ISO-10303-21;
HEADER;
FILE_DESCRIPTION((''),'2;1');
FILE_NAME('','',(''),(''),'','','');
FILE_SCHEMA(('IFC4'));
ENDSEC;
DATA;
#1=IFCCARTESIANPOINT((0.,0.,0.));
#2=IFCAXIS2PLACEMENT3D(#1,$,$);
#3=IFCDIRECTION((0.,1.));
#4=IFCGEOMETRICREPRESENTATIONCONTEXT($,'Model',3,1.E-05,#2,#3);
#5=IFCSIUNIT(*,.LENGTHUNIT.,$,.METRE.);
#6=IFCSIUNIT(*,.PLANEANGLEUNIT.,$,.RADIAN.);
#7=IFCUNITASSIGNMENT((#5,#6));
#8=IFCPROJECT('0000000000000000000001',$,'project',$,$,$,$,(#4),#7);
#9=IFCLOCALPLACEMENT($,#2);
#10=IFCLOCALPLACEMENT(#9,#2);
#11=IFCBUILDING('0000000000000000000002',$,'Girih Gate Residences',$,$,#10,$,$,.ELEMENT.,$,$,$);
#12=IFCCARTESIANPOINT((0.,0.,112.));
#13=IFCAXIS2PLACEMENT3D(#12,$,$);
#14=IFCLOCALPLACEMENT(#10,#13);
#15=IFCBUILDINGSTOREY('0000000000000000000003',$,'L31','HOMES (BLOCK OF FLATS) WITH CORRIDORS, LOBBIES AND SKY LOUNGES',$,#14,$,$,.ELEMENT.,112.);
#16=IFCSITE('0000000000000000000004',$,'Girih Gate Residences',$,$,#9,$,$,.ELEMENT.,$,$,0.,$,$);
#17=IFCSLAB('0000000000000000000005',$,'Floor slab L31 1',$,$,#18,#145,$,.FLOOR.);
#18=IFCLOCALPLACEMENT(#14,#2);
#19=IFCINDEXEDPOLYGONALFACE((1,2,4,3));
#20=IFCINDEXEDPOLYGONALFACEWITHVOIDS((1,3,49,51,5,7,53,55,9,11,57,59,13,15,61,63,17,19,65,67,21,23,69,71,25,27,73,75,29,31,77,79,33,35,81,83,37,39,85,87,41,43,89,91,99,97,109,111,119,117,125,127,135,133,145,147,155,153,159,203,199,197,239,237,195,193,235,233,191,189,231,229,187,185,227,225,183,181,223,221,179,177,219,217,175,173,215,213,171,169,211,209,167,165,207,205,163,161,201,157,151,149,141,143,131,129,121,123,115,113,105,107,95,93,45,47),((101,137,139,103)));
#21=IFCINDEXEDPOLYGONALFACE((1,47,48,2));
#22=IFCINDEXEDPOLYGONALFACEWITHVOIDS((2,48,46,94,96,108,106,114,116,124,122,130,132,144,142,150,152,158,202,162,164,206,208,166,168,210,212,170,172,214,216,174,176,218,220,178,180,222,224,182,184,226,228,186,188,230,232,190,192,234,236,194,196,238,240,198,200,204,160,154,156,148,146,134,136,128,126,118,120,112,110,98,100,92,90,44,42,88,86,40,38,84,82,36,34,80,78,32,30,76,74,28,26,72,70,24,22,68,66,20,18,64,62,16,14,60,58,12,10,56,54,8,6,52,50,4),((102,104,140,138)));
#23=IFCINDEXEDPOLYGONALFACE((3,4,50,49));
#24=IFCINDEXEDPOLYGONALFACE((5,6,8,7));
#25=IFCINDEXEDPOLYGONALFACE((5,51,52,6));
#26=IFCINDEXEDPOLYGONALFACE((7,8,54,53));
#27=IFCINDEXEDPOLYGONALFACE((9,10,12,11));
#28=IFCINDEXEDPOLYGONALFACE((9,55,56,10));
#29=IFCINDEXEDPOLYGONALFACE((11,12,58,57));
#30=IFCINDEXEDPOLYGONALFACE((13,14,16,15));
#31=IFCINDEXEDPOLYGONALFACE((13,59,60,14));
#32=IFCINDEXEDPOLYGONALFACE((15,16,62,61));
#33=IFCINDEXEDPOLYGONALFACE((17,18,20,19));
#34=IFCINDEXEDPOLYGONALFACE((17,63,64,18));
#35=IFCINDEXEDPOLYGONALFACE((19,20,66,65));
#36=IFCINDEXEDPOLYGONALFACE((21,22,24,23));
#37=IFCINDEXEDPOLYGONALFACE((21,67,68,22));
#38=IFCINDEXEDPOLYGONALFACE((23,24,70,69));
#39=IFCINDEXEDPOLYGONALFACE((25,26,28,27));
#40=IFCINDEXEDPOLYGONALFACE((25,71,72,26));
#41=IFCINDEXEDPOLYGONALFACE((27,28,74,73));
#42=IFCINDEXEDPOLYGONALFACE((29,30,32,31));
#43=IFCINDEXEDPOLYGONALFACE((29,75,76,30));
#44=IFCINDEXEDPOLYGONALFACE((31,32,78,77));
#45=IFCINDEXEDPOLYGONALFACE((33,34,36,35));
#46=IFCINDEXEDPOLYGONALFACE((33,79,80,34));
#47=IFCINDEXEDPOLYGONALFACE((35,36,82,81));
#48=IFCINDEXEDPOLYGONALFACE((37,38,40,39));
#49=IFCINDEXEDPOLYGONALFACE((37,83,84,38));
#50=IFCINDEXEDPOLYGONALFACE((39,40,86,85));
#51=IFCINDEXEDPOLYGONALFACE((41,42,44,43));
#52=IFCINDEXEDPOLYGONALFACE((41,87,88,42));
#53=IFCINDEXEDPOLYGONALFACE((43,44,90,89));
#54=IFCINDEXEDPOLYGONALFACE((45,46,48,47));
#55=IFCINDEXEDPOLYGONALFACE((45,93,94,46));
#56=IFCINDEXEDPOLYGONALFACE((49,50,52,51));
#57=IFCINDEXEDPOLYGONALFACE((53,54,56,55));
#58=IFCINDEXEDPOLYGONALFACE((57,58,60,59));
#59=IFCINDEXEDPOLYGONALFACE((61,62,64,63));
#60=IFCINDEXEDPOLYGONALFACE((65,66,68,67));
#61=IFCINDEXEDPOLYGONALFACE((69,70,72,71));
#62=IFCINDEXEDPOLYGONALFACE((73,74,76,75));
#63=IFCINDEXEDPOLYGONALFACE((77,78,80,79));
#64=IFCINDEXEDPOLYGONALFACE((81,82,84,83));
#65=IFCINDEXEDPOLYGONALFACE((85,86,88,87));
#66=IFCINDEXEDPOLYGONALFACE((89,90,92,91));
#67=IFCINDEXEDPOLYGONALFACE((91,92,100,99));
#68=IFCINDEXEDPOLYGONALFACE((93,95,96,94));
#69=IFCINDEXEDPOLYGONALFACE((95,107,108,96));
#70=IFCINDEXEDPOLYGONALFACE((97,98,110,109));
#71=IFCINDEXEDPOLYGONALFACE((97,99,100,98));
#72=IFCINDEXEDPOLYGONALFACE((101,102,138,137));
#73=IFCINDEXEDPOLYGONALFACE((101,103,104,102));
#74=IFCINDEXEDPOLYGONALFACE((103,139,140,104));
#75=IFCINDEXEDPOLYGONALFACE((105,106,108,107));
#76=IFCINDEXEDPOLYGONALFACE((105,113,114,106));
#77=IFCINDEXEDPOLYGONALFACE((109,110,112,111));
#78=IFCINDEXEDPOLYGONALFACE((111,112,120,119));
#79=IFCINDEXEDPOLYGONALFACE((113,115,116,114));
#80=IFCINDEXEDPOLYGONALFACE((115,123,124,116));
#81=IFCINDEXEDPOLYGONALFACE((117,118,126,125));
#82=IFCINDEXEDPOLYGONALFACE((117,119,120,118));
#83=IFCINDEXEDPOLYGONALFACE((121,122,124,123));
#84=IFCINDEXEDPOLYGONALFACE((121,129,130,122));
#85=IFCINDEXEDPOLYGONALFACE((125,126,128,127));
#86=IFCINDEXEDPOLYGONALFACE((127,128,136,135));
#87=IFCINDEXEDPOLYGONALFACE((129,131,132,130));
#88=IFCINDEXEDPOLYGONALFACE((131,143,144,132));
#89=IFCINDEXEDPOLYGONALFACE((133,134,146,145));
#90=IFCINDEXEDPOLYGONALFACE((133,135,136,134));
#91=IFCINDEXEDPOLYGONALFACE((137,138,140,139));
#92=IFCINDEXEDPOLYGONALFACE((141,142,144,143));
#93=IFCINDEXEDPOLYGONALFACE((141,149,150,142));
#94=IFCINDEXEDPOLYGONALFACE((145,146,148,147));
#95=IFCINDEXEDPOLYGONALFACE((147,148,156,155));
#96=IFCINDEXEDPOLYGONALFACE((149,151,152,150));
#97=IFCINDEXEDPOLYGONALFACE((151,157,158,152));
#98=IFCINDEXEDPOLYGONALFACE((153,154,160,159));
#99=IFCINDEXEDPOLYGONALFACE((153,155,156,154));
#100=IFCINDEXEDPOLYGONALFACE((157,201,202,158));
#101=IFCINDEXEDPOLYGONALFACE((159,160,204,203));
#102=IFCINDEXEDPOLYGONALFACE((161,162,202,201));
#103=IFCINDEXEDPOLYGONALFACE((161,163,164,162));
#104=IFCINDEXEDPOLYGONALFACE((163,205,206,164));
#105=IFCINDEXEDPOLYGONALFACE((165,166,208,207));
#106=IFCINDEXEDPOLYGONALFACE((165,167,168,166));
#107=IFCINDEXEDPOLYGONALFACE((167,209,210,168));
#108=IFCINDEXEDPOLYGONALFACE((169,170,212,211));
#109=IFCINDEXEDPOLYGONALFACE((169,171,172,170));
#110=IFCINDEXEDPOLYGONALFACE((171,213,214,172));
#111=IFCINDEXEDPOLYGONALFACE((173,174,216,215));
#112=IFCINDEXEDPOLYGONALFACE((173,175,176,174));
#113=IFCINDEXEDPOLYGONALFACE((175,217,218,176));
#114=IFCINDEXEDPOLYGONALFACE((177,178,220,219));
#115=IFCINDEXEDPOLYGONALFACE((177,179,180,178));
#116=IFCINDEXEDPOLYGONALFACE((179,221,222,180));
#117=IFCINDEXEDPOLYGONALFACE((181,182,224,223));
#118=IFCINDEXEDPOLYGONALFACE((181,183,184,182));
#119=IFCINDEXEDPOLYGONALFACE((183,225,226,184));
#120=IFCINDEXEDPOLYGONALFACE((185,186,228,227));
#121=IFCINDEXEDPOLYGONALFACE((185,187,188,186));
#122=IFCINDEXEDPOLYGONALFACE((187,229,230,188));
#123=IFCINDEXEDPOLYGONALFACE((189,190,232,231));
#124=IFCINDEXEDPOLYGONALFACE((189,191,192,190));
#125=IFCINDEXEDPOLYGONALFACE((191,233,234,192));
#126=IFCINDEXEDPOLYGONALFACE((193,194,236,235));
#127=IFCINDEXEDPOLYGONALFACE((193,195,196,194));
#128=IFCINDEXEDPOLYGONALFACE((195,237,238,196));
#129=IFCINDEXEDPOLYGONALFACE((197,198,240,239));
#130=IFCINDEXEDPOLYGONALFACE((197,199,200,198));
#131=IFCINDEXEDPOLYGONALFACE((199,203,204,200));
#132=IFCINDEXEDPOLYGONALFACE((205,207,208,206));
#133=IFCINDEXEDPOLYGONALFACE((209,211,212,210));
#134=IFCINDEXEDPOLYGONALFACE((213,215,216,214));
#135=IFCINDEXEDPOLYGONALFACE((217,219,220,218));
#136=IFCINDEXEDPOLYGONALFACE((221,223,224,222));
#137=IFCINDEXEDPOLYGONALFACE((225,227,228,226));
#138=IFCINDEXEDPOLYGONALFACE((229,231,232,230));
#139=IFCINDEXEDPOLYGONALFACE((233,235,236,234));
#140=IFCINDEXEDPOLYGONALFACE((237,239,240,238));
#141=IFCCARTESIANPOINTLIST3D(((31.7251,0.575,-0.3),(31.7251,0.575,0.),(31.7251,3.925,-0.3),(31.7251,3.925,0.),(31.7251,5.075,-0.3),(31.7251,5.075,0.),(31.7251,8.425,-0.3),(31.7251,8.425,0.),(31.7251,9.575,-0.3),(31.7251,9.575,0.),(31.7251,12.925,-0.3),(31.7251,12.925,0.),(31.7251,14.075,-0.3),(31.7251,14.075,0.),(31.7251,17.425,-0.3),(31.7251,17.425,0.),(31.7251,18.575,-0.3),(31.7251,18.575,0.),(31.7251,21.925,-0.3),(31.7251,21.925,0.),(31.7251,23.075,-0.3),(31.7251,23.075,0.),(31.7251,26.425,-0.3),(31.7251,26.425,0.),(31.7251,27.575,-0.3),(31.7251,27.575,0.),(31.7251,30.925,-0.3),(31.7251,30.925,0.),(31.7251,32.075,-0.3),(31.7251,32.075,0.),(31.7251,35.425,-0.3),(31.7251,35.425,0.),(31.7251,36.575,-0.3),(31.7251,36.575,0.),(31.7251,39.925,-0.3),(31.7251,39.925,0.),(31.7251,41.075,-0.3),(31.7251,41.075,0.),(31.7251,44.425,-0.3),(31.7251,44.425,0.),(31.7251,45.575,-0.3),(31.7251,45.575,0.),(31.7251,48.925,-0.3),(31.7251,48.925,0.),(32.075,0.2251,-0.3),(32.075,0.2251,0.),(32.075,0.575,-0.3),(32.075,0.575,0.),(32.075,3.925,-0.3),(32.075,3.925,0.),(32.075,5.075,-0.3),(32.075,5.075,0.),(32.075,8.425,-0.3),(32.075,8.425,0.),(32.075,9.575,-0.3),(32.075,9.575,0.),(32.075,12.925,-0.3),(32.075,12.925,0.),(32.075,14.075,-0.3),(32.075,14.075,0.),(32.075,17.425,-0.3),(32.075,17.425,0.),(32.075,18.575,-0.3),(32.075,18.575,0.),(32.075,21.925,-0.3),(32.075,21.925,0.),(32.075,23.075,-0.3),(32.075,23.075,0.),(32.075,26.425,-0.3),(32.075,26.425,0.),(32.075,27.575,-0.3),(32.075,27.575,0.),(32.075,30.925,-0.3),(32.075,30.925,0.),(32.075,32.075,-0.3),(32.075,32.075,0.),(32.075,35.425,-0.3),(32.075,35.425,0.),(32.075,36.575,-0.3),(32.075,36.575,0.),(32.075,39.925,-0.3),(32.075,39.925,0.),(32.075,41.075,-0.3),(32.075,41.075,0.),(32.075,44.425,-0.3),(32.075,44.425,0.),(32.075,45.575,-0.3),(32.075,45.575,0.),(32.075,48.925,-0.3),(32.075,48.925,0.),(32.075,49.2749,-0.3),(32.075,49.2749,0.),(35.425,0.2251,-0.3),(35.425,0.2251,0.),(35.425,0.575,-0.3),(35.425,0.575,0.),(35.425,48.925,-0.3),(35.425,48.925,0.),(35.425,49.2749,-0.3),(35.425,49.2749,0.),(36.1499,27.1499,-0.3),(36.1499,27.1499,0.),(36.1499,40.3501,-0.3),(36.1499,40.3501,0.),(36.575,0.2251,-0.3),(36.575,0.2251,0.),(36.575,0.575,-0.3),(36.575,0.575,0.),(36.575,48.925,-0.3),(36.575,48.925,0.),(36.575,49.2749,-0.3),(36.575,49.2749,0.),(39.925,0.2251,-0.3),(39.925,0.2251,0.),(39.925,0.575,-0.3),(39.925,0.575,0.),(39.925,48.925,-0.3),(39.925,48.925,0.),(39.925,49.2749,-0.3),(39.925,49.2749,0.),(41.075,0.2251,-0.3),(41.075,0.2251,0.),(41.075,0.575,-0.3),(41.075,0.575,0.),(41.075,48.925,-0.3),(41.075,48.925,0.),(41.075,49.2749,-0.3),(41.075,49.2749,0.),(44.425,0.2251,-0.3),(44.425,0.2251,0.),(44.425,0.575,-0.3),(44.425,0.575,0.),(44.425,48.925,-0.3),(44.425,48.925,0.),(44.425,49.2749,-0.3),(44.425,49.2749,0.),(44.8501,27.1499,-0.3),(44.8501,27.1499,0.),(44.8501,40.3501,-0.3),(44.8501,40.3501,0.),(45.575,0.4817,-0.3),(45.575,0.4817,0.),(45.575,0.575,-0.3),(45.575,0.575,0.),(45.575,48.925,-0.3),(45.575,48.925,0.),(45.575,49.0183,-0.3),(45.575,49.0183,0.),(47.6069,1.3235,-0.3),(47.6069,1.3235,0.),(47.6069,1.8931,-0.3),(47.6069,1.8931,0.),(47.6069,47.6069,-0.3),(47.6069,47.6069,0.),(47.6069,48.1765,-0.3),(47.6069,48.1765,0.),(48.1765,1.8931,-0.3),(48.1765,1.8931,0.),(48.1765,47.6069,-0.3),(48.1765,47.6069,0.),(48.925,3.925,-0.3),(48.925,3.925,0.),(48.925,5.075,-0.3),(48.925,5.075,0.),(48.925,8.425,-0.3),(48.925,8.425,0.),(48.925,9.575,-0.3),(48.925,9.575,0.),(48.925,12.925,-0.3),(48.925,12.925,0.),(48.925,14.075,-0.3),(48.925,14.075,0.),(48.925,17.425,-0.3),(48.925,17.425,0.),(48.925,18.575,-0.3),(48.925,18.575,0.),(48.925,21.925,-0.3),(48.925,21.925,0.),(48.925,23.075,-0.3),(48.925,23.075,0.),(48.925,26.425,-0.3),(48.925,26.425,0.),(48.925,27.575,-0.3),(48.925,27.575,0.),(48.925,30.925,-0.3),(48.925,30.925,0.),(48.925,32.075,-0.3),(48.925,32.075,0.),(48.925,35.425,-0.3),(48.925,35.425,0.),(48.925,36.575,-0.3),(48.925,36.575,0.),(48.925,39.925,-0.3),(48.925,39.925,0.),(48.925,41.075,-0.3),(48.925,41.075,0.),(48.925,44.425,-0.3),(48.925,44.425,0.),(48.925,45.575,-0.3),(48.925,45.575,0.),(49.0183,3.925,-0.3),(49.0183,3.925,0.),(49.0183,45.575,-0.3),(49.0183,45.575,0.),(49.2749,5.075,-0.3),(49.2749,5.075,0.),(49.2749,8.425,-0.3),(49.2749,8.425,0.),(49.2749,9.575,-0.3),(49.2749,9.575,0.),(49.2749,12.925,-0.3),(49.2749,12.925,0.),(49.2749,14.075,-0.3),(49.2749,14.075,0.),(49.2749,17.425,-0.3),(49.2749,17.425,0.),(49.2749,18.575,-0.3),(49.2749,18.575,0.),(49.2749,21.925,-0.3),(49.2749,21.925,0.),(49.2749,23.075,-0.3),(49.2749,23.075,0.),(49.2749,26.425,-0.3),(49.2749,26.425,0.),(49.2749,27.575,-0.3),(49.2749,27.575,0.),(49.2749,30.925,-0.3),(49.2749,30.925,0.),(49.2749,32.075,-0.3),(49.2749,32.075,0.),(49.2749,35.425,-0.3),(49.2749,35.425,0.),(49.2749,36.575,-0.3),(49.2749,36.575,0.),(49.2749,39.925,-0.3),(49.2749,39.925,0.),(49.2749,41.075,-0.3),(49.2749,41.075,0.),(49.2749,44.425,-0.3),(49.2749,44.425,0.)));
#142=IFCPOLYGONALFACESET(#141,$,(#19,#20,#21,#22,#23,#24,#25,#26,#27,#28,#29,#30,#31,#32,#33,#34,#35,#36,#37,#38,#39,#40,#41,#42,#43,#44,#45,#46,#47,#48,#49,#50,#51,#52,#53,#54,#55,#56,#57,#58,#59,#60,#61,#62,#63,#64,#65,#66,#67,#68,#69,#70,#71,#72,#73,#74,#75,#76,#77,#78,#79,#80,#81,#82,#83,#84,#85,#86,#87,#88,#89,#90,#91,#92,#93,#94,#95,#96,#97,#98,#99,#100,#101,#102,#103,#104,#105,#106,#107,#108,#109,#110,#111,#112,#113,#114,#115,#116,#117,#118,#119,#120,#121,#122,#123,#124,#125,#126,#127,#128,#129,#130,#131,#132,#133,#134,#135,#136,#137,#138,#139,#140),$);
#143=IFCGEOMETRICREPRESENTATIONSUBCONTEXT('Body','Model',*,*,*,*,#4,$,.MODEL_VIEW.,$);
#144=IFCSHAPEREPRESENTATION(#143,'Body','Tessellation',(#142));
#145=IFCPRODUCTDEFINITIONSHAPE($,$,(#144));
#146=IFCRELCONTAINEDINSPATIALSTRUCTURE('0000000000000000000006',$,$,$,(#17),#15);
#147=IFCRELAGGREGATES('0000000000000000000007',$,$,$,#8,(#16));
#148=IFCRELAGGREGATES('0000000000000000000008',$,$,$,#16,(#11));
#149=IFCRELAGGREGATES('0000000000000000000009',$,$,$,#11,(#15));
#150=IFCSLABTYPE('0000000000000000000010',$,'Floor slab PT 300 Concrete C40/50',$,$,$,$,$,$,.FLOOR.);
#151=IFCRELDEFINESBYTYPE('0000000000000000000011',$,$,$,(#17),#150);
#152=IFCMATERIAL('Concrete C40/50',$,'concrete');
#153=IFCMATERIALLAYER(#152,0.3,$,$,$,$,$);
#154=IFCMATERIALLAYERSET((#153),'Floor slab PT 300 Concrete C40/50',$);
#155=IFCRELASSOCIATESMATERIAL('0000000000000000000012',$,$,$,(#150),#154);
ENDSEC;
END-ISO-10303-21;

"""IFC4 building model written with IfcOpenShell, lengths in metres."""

from ifc_helpers import new_model, si_unit, direction, frame, origin, place, context, subcontext, project, spatial, polyline, outline, extrude, material, layer, layer_set, type_object, element, save


model = new_model("IFC4")

# Units and contexts
model_context = context("Model", 3, precision=1e-05, world=origin(), true_north=direction((0.0, 1.0)))
body_context = subcontext(model_context, "Body", "Model", "MODEL_VIEW")
ifc_project = project(units=[si_unit("LENGTHUNIT", "METRE"), si_unit("PLANEANGLEUNIT", "RADIAN")], contexts=[model_context])

# Site, building, storey
site_placement = place(None, origin())
site = spatial("IfcSite", under=ifc_project, at=site_placement, Name="Girih Gate Residences", CompositionType="ELEMENT", RefElevation=0.0)
building_placement = place(site_placement, origin())
building = spatial("IfcBuilding", under=site, at=building_placement, Name="Girih Gate Residences", CompositionType="ELEMENT")
storey_placement = place(building_placement, frame((0.0, 0.0, 112.0)))
storey = spatial("IfcBuildingStorey", under=building, at=storey_placement, Name="L31", Description="HOMES (BLOCK OF FLATS) WITH CORRIDORS, LOBBIES AND SKY LOUNGES", CompositionType="ELEMENT", Elevation=112.0)

# Slab
ifc_material_1 = material(Name="Concrete C40/50", Category="concrete")
ifc_layer_1 = layer(ifc_material_1, 0.3)
ifc_layer_set_1 = layer_set([ifc_layer_1], Name="Floor slab PT 300 Concrete C40/50")
slab_type_1 = type_object("IfcSlabType", Name="Floor slab PT 300 Concrete C40/50", PredefinedType="FLOOR", material=ifc_layer_set_1)
slab_1_placement = place(storey_placement, frame((0.0, 0.0, -0.3)))
element("IfcSlab", 1, at=slab_1_placement, inside=storey, type_object=slab_type_1, Name="Floor slab L31 1", PredefinedType="FLOOR", context=body_context, shape_type="SweptSolid", body=[
    extrude(outline(polyline([(35.425, 49.2749), (32.075, 49.2749), (32.075, 48.925), (31.7251, 48.925), (31.7251, 45.575), (32.075, 45.575), (32.075, 44.425), (31.7251, 44.425), (31.7251, 41.075), (32.075, 41.075), (32.075, 39.925), (31.7251, 39.925), (31.7251, 36.575), (32.075, 36.575), (32.075, 35.425), (31.7251, 35.425), (31.7251, 32.075), (32.075, 32.075), (32.075, 30.925), (31.7251, 30.925), (31.7251, 27.575), (32.075, 27.575), (32.075, 26.425), (31.7251, 26.425), (31.7251, 23.075), (32.075, 23.075), (32.075, 21.925), (31.7251, 21.925), (31.7251, 18.575), (32.075, 18.575), (32.075, 17.425), (31.7251, 17.425), (31.7251, 14.075), (32.075, 14.075), (32.075, 12.925), (31.7251, 12.925), (31.7251, 9.575), (32.075, 9.575), (32.075, 8.425), (31.7251, 8.425), (31.7251, 5.075), (32.075, 5.075), (32.075, 3.925), (31.7251, 3.925), (31.7251, 0.575), (32.075, 0.575), (32.075, 0.2251), (35.425, 0.2251), (35.425, 0.575), (36.575, 0.575), (36.575, 0.2251), (39.925, 0.2251), (39.925, 0.575), (41.075, 0.575), (41.075, 0.2251), (44.425, 0.2251), (44.425, 0.575), (45.575, 0.575), (45.575, 0.4817), (47.6069, 1.3235), (47.6069, 1.8931), (48.1765, 1.8931), (49.0183, 3.925), (48.925, 3.925), (48.925, 5.075), (49.2749, 5.075), (49.2749, 8.425), (48.925, 8.425), (48.925, 9.575), (49.2749, 9.575), (49.2749, 12.925), (48.925, 12.925), (48.925, 14.075), (49.2749, 14.075), (49.2749, 17.425), (48.925, 17.425), (48.925, 18.575), (49.2749, 18.575), (49.2749, 21.925), (48.925, 21.925), (48.925, 23.075), (49.2749, 23.075), (49.2749, 26.425), (48.925, 26.425), (48.925, 27.575), (49.2749, 27.575), (49.2749, 30.925), (48.925, 30.925), (48.925, 32.075), (49.2749, 32.075), (49.2749, 35.425), (48.925, 35.425), (48.925, 36.575), (49.2749, 36.575), (49.2749, 39.925), (48.925, 39.925), (48.925, 41.075), (49.2749, 41.075), (49.2749, 44.425), (48.925, 44.425), (48.925, 45.575), (49.0183, 45.575), (48.1765, 47.6069), (47.6069, 47.6069), (47.6069, 48.1765), (45.575, 49.0183), (45.575, 48.925), (44.425, 48.925), (44.425, 49.2749), (41.075, 49.2749), (41.075, 48.925), (39.925, 48.925), (39.925, 49.2749), (36.575, 49.2749), (36.575, 48.925), (35.425, 48.925), (35.425, 49.2749)]), holes=[polyline([(44.8501, 40.3501), (44.8501, 27.1499), (36.1499, 27.1499), (36.1499, 40.3501), (44.8501, 40.3501)])]), origin(), (0.0, 0.0, 1.0), 0.3),
])

save(model, "model.ifc")
